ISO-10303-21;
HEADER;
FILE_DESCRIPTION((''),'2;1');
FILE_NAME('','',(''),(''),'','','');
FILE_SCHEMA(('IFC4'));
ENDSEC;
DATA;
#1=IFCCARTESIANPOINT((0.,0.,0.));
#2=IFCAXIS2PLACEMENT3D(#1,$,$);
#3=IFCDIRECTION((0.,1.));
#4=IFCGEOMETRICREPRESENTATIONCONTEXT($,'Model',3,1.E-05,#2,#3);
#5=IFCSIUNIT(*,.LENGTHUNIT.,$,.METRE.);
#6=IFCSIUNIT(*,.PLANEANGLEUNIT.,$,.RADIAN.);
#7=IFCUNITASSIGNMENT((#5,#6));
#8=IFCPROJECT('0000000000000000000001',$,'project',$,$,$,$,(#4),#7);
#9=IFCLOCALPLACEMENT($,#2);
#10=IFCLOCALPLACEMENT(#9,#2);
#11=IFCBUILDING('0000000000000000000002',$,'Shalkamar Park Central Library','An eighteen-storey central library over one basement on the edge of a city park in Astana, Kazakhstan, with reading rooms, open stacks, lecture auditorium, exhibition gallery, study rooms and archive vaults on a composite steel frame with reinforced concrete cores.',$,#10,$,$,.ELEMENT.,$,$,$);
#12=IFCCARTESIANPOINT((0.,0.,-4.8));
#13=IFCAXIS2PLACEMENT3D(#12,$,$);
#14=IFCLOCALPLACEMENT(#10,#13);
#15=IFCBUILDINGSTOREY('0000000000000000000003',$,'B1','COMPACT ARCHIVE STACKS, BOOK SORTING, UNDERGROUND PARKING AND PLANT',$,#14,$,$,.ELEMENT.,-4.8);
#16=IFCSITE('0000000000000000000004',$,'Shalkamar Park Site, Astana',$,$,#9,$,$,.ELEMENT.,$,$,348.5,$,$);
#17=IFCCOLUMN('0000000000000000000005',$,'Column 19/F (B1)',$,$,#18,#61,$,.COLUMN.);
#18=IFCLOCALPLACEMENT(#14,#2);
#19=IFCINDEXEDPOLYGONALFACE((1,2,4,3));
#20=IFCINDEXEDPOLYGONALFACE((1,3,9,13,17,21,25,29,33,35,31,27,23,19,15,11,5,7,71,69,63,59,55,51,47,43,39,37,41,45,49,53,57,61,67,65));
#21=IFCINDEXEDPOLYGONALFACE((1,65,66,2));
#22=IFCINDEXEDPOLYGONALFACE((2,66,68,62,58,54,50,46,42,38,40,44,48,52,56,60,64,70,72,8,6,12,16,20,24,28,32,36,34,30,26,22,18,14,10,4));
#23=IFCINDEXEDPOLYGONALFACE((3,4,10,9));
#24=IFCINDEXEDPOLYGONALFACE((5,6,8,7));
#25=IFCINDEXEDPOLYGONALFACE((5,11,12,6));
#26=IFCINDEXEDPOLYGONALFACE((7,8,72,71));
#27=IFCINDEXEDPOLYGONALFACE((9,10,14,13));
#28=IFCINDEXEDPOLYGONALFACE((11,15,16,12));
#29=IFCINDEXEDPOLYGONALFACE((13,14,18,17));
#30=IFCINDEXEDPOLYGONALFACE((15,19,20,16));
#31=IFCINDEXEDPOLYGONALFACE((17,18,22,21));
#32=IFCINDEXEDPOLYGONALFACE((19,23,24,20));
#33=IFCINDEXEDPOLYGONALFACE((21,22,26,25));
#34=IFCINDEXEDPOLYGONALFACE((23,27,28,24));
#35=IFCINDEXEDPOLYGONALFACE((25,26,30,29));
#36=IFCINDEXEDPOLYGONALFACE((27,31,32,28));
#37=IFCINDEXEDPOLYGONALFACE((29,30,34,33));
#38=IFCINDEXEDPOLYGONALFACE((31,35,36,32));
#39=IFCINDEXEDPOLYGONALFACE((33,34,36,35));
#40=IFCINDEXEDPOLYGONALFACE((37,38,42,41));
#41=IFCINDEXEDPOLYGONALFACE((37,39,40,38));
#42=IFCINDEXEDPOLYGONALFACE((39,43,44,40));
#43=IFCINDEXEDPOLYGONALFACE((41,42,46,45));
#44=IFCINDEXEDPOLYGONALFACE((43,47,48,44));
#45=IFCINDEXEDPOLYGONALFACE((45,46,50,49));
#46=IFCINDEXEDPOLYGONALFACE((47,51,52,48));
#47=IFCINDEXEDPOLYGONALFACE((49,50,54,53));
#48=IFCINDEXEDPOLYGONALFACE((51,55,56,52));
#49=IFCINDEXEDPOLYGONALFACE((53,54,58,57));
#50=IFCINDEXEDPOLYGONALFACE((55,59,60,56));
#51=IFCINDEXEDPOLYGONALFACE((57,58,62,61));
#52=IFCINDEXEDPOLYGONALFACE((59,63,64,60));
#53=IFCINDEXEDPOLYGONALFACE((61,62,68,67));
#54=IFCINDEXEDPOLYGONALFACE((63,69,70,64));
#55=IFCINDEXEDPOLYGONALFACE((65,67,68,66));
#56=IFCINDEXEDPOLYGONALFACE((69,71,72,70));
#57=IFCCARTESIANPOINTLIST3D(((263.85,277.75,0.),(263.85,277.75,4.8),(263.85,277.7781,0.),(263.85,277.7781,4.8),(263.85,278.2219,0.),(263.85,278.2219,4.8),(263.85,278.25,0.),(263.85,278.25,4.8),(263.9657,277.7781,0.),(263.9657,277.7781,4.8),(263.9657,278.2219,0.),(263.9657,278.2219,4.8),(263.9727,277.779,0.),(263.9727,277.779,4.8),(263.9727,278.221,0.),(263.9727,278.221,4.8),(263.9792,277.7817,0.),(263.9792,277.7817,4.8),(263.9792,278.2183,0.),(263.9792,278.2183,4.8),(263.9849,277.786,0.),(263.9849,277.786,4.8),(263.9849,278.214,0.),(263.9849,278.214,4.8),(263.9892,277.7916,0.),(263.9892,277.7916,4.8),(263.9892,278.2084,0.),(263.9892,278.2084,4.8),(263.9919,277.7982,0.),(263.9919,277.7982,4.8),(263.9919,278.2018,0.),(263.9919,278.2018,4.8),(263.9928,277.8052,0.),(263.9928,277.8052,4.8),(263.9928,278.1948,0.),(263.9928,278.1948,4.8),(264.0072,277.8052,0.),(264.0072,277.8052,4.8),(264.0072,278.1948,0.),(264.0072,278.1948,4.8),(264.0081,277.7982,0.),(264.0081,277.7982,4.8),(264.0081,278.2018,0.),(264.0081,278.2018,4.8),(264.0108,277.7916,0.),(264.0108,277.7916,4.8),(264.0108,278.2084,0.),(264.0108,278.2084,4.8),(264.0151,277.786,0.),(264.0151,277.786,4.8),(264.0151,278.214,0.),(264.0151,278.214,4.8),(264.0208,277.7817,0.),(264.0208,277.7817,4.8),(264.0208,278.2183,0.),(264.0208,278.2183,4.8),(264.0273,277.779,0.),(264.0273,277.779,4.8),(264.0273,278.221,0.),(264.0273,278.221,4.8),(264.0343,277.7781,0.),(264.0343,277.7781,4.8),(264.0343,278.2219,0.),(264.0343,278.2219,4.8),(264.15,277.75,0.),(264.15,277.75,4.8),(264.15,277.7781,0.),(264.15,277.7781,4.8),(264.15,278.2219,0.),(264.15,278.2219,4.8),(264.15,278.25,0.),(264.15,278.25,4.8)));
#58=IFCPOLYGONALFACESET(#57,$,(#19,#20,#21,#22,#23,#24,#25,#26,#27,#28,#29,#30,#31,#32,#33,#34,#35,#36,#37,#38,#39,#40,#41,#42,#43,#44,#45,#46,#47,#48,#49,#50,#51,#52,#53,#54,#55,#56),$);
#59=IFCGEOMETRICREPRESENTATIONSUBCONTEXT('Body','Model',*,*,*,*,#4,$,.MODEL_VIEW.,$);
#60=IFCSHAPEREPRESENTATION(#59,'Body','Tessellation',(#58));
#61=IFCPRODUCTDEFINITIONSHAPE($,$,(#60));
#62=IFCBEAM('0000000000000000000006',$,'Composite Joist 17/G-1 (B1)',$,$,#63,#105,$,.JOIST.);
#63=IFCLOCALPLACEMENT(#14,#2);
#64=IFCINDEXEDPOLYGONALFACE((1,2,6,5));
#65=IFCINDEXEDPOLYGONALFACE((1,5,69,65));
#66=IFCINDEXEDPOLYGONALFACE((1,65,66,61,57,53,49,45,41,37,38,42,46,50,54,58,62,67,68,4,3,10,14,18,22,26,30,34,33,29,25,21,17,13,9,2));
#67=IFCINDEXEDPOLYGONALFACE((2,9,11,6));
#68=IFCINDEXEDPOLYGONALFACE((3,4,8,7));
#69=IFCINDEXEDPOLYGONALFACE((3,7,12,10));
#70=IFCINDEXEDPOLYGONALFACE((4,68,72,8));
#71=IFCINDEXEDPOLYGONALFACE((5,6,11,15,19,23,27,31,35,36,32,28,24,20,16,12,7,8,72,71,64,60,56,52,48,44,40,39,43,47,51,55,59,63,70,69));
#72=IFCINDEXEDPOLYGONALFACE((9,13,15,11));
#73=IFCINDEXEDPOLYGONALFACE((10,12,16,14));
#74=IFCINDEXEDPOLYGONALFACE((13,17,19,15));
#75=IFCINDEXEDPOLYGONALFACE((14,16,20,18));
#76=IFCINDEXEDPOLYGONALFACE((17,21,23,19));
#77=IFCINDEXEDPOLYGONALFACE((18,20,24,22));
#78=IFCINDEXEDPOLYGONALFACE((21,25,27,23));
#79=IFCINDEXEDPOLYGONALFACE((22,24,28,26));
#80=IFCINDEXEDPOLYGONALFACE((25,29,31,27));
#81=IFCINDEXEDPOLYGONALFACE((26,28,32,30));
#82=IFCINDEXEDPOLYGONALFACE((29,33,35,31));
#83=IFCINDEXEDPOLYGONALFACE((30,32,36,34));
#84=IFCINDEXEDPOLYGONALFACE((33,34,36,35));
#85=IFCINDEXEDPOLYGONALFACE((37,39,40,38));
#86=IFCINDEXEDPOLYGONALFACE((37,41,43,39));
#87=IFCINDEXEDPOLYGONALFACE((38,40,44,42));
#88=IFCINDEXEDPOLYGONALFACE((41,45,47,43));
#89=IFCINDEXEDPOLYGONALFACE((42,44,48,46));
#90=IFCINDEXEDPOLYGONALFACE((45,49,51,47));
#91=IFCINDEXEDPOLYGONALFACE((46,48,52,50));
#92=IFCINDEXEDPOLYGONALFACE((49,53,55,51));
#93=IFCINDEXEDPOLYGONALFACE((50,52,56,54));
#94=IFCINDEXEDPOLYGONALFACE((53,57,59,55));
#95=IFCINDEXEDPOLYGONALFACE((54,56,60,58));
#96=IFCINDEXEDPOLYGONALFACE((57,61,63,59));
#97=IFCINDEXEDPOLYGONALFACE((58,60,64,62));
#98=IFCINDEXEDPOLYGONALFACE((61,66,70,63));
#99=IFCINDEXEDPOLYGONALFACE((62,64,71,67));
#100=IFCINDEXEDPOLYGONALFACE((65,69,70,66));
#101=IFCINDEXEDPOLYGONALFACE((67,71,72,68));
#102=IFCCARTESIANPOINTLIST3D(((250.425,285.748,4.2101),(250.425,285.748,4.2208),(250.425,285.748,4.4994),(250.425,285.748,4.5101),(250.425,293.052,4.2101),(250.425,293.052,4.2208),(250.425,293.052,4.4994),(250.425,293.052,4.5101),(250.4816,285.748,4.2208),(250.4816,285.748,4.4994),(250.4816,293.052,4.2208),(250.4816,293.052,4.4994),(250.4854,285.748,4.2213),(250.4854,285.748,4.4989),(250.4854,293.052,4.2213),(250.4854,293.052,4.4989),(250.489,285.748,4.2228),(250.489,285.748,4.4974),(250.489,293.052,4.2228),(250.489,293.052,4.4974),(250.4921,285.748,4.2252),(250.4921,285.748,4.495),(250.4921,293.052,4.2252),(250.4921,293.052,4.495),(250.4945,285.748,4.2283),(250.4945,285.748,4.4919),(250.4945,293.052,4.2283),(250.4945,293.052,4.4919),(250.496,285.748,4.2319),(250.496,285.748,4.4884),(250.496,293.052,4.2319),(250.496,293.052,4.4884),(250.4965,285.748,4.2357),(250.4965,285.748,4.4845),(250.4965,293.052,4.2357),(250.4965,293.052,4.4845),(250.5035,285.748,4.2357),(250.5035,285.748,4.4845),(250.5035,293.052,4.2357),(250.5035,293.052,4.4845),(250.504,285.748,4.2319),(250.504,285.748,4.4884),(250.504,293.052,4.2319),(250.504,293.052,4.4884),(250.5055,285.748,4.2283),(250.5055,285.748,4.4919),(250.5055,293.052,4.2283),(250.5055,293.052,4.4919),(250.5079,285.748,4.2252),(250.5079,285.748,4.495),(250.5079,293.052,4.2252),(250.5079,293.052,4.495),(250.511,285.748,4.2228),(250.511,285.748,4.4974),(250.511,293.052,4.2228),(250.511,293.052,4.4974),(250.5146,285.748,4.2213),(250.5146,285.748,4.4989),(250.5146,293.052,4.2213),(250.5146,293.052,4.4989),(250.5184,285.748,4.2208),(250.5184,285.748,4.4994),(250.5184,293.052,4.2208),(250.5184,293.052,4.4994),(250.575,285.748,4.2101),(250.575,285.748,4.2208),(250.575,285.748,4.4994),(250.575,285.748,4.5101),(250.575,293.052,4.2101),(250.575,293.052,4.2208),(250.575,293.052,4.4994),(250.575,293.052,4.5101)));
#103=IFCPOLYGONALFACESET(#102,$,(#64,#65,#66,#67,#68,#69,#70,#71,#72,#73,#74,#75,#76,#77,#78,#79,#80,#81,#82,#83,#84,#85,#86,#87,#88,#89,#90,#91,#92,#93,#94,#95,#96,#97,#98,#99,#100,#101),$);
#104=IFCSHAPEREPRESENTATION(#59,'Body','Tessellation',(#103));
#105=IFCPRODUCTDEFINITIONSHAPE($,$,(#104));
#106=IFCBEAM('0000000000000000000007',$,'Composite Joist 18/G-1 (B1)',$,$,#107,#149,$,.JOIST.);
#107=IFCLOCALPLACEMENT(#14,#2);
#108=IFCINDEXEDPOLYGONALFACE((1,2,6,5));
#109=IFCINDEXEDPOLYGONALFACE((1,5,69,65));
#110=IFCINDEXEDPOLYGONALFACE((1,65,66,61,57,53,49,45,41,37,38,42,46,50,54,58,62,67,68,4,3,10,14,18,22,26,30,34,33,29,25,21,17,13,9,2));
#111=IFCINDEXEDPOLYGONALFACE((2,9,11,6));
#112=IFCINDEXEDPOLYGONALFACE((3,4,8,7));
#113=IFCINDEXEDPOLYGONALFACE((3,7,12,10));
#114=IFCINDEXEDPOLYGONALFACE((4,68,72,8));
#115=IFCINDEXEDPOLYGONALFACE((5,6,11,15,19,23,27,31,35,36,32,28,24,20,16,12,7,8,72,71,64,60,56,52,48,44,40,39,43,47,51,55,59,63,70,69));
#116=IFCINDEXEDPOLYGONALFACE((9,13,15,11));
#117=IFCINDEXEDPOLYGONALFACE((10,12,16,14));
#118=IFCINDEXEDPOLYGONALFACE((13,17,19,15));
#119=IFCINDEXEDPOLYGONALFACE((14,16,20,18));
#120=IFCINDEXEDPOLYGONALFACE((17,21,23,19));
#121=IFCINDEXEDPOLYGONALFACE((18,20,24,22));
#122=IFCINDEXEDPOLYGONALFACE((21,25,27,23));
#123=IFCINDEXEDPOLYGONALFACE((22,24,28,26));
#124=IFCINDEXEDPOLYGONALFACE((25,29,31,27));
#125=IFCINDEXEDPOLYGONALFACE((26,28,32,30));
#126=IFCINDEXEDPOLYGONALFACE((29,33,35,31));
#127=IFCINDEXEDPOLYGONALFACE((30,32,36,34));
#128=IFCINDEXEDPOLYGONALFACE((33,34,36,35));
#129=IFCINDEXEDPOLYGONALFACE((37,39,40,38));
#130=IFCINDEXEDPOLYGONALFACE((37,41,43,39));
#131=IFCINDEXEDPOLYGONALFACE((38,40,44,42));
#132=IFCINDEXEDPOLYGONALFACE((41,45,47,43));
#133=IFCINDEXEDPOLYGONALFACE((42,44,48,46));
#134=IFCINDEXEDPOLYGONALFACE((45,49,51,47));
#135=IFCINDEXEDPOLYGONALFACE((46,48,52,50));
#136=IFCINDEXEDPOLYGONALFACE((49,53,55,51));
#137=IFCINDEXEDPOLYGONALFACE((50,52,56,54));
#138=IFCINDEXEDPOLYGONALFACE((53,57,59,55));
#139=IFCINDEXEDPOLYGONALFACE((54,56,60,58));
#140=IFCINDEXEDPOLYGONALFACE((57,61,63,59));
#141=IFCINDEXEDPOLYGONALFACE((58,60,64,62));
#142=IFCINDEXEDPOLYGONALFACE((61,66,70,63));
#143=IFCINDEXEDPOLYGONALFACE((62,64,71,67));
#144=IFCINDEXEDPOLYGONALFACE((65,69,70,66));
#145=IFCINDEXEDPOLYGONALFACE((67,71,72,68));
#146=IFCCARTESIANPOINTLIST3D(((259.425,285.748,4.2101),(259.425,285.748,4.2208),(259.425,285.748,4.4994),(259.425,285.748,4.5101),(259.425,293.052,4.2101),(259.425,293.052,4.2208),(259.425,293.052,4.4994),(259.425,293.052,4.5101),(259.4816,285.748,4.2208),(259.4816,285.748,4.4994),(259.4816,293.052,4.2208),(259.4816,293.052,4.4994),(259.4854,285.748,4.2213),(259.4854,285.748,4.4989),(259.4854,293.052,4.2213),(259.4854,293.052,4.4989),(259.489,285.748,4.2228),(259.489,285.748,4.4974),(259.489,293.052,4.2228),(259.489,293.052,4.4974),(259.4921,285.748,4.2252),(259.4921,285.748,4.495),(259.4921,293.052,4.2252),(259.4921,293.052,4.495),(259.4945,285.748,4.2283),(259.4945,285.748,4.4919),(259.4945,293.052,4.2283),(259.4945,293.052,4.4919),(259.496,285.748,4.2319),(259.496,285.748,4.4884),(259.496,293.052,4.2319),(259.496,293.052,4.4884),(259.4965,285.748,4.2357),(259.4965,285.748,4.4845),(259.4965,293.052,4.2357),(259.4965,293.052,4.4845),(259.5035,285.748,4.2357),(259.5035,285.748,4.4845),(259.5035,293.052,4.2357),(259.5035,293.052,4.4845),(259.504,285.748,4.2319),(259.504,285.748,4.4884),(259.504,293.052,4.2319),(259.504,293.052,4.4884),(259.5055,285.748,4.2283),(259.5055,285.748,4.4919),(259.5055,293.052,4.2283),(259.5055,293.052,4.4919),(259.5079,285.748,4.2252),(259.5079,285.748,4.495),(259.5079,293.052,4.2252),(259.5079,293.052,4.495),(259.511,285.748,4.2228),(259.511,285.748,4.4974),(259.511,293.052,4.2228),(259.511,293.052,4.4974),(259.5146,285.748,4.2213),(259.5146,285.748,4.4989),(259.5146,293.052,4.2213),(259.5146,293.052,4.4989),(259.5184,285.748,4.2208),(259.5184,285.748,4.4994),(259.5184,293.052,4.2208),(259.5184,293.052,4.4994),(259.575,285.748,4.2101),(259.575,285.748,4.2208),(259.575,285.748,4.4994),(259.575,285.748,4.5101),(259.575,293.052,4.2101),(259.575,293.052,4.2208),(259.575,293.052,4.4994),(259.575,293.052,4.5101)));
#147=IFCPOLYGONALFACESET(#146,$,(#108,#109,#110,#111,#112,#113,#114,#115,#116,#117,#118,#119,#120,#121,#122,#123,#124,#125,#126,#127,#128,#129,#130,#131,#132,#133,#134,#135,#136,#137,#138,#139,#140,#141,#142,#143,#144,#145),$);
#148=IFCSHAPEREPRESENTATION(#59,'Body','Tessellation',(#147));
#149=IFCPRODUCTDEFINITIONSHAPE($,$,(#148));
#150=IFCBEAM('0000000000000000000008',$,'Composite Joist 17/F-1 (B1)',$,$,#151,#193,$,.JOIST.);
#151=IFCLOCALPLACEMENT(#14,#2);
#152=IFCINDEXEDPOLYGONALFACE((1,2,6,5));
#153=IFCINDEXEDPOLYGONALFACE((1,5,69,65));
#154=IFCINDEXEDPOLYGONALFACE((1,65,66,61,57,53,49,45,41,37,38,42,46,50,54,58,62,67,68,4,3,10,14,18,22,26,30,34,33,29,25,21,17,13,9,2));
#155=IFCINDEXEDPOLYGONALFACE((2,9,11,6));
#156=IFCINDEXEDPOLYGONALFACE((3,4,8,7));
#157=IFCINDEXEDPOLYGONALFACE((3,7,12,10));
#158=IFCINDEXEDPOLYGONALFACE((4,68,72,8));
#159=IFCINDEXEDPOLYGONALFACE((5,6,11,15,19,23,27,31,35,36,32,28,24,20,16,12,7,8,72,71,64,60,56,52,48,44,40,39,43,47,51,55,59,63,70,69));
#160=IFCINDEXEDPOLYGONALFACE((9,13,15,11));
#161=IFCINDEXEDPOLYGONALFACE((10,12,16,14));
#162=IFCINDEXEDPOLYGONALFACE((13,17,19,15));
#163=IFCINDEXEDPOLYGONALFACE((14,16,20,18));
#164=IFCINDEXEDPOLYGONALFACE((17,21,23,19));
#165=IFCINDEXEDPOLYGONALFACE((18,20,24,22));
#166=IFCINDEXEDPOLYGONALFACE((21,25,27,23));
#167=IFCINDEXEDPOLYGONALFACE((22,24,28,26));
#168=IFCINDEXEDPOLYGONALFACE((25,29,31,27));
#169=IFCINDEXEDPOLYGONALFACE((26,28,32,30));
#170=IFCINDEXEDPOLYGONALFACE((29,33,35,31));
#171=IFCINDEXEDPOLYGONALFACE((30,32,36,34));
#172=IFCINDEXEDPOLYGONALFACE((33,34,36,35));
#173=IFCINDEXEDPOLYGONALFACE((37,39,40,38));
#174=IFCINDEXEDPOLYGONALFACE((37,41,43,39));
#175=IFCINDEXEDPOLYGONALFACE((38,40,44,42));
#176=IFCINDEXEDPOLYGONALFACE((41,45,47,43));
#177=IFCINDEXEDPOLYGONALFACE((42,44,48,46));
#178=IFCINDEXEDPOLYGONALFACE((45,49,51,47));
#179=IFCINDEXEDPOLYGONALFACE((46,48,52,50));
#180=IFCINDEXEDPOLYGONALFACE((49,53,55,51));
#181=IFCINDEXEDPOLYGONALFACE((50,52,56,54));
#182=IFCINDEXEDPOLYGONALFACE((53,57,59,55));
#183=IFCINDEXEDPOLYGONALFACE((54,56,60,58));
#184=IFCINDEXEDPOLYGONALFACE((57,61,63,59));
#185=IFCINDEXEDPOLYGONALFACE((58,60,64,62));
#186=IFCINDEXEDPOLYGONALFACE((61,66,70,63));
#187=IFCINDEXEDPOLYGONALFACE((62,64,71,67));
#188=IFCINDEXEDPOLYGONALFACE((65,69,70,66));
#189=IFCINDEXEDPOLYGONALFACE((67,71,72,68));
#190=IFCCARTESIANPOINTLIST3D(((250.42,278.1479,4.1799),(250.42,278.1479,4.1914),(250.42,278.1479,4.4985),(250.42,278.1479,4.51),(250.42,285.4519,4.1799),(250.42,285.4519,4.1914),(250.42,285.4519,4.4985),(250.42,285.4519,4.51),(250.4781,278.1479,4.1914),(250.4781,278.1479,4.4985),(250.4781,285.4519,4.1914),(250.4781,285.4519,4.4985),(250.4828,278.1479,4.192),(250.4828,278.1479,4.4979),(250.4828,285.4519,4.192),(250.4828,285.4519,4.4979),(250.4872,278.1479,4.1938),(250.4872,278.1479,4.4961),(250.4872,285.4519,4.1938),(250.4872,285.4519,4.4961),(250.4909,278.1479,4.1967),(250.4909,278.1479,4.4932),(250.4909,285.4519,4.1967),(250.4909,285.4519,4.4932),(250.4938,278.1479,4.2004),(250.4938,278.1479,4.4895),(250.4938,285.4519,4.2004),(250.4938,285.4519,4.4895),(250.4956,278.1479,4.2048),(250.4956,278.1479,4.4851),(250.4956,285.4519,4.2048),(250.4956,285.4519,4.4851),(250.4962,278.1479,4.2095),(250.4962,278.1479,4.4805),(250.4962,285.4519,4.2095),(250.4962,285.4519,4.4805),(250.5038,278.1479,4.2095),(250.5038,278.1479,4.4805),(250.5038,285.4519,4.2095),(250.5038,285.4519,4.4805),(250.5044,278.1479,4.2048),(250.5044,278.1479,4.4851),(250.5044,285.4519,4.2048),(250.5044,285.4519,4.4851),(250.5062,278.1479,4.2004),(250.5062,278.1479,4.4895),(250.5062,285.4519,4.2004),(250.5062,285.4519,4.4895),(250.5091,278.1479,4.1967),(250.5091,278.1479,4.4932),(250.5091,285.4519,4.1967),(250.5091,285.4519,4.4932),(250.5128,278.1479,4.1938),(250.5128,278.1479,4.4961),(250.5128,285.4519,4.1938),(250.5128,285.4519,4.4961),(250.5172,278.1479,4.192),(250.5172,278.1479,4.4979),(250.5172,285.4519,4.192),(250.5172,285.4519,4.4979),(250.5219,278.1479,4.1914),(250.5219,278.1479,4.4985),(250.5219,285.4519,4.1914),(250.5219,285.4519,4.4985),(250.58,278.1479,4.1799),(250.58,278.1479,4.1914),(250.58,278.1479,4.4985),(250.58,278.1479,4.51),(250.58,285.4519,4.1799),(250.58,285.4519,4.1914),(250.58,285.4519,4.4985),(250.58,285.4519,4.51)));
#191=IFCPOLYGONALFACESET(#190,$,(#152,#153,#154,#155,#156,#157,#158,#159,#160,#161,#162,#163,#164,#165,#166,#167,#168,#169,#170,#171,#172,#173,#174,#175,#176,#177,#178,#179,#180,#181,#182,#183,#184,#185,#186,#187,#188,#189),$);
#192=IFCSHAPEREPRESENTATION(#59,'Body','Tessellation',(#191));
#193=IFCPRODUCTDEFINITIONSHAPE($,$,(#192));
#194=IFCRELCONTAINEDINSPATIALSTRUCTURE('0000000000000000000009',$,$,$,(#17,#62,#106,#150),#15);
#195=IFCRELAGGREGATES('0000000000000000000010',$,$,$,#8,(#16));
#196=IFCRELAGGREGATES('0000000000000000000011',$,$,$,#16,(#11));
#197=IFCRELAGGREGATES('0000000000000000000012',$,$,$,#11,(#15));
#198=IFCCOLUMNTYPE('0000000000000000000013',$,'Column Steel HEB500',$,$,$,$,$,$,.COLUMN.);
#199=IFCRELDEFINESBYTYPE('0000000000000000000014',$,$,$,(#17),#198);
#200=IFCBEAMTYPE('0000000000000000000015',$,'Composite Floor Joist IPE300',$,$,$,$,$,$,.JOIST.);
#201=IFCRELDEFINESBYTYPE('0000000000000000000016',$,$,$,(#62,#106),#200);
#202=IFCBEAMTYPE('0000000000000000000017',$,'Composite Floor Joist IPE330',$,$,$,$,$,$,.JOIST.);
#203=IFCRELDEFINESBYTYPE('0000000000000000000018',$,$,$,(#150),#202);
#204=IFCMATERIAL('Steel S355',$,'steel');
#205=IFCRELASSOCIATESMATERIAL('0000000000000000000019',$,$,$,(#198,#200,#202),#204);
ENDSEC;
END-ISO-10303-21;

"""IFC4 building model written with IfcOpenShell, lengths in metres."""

from ifc_helpers import new_model, si_unit, direction, frame, origin, origin_2d, place, context, subcontext, project, spatial, i_section, extrude, material, material_profile, profile_set, type_object, element, save


model = new_model("IFC4")

# Units and contexts
model_context = context("Model", 3, precision=1e-05, world=origin(), true_north=direction((0.0, 1.0)))
body_context = subcontext(model_context, "Body", "Model", "MODEL_VIEW")
ifc_project = project(units=[si_unit("LENGTHUNIT", "METRE"), si_unit("PLANEANGLEUNIT", "RADIAN")], contexts=[model_context])

# Site, building, storey
site_placement = place(None, origin())
site = spatial("IfcSite", under=ifc_project, at=site_placement, Name="Shalkamar Park Site, Astana", CompositionType="ELEMENT", RefElevation=348.5)
building_placement = place(site_placement, origin())
building = spatial("IfcBuilding", under=site, at=building_placement, Name="Shalkamar Park Central Library", Description="An eighteen-storey central library over one basement on the edge of a city park in Astana, Kazakhstan, with reading rooms, open stacks, lecture auditorium, exhibition gallery, study rooms and archive vaults on a composite steel frame with reinforced concrete cores.", CompositionType="ELEMENT")
storey_placement = place(building_placement, frame((0.0, 0.0, -4.8)))
storey = spatial("IfcBuildingStorey", under=building, at=storey_placement, Name="B1", Description="COMPACT ARCHIVE STACKS, BOOK SORTING, UNDERGROUND PARKING AND PLANT", CompositionType="ELEMENT", Elevation=-4.8)

# Column
ifc_material_1 = material(Name="Steel S355", Category="steel")
ifc_material_profile_1 = material_profile(ifc_material_1, i_section(OverallWidth=0.3, OverallDepth=0.5, WebThickness=0.0144, FlangeThickness=0.0281, FilletRadius=0.0271, at=origin_2d()), Name="HEB 500")
ifc_profile_set_1 = profile_set([ifc_material_profile_1], Name="Steel S355")
column_type_1 = type_object("IfcColumnType", Name="Column Steel HEB500", PredefinedType="COLUMN", material=ifc_profile_set_1)
column_1_placement = place(storey_placement, frame((264.0, 278.0, 0.0), z_axis=(0.0, 0.0, 1.0), x_axis=(1.0, 0.0, 0.0)))
element("IfcColumn", 1, at=column_1_placement, inside=storey, type_object=column_type_1, Name="Column 19/F (B1)", PredefinedType="COLUMN", context=body_context, shape_type="SweptSolid", body=[
    extrude(i_section(OverallWidth=0.3, OverallDepth=0.5, WebThickness=0.0144, FlangeThickness=0.0281, FilletRadius=0.0271, at=origin_2d()), origin(), (0.0, 0.0, 1.0), 4.8),
])

# Beams
ifc_material_profile_2 = material_profile(ifc_material_1, i_section(OverallWidth=0.1499, OverallDepth=0.3, WebThickness=0.0071, FlangeThickness=0.0107, FilletRadius=0.0149, at=origin_2d()), Name="IPE 300")
ifc_profile_set_2 = profile_set([ifc_material_profile_2], Name="Steel S355")
beam_type_1 = type_object("IfcBeamType", Name="Composite Floor Joist IPE300", PredefinedType="JOIST", material=ifc_profile_set_2)
for number, where, z_axis, x_axis, name in (
    (2, (250.5, 285.748, 4.3601), (0.0, 1.0, 0.0), (-1.0, 0.0, 0.0), "Composite Joist 17/G-1 (B1)"),
    (3, (259.5, 285.748, 4.3601), (0.0, 1.0, 0.0), (-1.0, 0.0, 0.0), "Composite Joist 18/G-1 (B1)"),
):
    element("IfcBeam", number, at=place(storey_placement, frame(where, z_axis=z_axis, x_axis=x_axis)), inside=storey, type_object=beam_type_1, Name=name, PredefinedType="JOIST", context=body_context, shape_type="SweptSolid", body=[
        extrude(i_section(OverallWidth=0.1499, OverallDepth=0.3, WebThickness=0.0071, FlangeThickness=0.0107, FilletRadius=0.0149, at=origin_2d()), origin(), (0.0, 0.0, 1.0), 7.304),
    ])
ifc_material_profile_3 = material_profile(ifc_material_1, i_section(OverallWidth=0.1599, OverallDepth=0.3301, WebThickness=0.0076, FlangeThickness=0.0115, FilletRadius=0.0181, at=origin_2d()), Name="IPE 330")
ifc_profile_set_3 = profile_set([ifc_material_profile_3], Name="Steel S355")
beam_type_2 = type_object("IfcBeamType", Name="Composite Floor Joist IPE330", PredefinedType="JOIST", material=ifc_profile_set_3)
for number, where, z_axis, x_axis, name in (
    (4, (250.5, 278.1479, 4.345), (0.0, 1.0, 0.0), (-1.0, 0.0, 0.0), "Composite Joist 17/F-1 (B1)"),
):
    element("IfcBeam", number, at=place(storey_placement, frame(where, z_axis=z_axis, x_axis=x_axis)), inside=storey, type_object=beam_type_2, Name=name, PredefinedType="JOIST", context=body_context, shape_type="SweptSolid", body=[
        extrude(i_section(OverallWidth=0.1599, OverallDepth=0.3301, WebThickness=0.0076, FlangeThickness=0.0115, FilletRadius=0.0181, at=origin_2d()), origin(), (0.0, 0.0, 1.0), 7.304),
    ])

save(model, "model.ifc")
